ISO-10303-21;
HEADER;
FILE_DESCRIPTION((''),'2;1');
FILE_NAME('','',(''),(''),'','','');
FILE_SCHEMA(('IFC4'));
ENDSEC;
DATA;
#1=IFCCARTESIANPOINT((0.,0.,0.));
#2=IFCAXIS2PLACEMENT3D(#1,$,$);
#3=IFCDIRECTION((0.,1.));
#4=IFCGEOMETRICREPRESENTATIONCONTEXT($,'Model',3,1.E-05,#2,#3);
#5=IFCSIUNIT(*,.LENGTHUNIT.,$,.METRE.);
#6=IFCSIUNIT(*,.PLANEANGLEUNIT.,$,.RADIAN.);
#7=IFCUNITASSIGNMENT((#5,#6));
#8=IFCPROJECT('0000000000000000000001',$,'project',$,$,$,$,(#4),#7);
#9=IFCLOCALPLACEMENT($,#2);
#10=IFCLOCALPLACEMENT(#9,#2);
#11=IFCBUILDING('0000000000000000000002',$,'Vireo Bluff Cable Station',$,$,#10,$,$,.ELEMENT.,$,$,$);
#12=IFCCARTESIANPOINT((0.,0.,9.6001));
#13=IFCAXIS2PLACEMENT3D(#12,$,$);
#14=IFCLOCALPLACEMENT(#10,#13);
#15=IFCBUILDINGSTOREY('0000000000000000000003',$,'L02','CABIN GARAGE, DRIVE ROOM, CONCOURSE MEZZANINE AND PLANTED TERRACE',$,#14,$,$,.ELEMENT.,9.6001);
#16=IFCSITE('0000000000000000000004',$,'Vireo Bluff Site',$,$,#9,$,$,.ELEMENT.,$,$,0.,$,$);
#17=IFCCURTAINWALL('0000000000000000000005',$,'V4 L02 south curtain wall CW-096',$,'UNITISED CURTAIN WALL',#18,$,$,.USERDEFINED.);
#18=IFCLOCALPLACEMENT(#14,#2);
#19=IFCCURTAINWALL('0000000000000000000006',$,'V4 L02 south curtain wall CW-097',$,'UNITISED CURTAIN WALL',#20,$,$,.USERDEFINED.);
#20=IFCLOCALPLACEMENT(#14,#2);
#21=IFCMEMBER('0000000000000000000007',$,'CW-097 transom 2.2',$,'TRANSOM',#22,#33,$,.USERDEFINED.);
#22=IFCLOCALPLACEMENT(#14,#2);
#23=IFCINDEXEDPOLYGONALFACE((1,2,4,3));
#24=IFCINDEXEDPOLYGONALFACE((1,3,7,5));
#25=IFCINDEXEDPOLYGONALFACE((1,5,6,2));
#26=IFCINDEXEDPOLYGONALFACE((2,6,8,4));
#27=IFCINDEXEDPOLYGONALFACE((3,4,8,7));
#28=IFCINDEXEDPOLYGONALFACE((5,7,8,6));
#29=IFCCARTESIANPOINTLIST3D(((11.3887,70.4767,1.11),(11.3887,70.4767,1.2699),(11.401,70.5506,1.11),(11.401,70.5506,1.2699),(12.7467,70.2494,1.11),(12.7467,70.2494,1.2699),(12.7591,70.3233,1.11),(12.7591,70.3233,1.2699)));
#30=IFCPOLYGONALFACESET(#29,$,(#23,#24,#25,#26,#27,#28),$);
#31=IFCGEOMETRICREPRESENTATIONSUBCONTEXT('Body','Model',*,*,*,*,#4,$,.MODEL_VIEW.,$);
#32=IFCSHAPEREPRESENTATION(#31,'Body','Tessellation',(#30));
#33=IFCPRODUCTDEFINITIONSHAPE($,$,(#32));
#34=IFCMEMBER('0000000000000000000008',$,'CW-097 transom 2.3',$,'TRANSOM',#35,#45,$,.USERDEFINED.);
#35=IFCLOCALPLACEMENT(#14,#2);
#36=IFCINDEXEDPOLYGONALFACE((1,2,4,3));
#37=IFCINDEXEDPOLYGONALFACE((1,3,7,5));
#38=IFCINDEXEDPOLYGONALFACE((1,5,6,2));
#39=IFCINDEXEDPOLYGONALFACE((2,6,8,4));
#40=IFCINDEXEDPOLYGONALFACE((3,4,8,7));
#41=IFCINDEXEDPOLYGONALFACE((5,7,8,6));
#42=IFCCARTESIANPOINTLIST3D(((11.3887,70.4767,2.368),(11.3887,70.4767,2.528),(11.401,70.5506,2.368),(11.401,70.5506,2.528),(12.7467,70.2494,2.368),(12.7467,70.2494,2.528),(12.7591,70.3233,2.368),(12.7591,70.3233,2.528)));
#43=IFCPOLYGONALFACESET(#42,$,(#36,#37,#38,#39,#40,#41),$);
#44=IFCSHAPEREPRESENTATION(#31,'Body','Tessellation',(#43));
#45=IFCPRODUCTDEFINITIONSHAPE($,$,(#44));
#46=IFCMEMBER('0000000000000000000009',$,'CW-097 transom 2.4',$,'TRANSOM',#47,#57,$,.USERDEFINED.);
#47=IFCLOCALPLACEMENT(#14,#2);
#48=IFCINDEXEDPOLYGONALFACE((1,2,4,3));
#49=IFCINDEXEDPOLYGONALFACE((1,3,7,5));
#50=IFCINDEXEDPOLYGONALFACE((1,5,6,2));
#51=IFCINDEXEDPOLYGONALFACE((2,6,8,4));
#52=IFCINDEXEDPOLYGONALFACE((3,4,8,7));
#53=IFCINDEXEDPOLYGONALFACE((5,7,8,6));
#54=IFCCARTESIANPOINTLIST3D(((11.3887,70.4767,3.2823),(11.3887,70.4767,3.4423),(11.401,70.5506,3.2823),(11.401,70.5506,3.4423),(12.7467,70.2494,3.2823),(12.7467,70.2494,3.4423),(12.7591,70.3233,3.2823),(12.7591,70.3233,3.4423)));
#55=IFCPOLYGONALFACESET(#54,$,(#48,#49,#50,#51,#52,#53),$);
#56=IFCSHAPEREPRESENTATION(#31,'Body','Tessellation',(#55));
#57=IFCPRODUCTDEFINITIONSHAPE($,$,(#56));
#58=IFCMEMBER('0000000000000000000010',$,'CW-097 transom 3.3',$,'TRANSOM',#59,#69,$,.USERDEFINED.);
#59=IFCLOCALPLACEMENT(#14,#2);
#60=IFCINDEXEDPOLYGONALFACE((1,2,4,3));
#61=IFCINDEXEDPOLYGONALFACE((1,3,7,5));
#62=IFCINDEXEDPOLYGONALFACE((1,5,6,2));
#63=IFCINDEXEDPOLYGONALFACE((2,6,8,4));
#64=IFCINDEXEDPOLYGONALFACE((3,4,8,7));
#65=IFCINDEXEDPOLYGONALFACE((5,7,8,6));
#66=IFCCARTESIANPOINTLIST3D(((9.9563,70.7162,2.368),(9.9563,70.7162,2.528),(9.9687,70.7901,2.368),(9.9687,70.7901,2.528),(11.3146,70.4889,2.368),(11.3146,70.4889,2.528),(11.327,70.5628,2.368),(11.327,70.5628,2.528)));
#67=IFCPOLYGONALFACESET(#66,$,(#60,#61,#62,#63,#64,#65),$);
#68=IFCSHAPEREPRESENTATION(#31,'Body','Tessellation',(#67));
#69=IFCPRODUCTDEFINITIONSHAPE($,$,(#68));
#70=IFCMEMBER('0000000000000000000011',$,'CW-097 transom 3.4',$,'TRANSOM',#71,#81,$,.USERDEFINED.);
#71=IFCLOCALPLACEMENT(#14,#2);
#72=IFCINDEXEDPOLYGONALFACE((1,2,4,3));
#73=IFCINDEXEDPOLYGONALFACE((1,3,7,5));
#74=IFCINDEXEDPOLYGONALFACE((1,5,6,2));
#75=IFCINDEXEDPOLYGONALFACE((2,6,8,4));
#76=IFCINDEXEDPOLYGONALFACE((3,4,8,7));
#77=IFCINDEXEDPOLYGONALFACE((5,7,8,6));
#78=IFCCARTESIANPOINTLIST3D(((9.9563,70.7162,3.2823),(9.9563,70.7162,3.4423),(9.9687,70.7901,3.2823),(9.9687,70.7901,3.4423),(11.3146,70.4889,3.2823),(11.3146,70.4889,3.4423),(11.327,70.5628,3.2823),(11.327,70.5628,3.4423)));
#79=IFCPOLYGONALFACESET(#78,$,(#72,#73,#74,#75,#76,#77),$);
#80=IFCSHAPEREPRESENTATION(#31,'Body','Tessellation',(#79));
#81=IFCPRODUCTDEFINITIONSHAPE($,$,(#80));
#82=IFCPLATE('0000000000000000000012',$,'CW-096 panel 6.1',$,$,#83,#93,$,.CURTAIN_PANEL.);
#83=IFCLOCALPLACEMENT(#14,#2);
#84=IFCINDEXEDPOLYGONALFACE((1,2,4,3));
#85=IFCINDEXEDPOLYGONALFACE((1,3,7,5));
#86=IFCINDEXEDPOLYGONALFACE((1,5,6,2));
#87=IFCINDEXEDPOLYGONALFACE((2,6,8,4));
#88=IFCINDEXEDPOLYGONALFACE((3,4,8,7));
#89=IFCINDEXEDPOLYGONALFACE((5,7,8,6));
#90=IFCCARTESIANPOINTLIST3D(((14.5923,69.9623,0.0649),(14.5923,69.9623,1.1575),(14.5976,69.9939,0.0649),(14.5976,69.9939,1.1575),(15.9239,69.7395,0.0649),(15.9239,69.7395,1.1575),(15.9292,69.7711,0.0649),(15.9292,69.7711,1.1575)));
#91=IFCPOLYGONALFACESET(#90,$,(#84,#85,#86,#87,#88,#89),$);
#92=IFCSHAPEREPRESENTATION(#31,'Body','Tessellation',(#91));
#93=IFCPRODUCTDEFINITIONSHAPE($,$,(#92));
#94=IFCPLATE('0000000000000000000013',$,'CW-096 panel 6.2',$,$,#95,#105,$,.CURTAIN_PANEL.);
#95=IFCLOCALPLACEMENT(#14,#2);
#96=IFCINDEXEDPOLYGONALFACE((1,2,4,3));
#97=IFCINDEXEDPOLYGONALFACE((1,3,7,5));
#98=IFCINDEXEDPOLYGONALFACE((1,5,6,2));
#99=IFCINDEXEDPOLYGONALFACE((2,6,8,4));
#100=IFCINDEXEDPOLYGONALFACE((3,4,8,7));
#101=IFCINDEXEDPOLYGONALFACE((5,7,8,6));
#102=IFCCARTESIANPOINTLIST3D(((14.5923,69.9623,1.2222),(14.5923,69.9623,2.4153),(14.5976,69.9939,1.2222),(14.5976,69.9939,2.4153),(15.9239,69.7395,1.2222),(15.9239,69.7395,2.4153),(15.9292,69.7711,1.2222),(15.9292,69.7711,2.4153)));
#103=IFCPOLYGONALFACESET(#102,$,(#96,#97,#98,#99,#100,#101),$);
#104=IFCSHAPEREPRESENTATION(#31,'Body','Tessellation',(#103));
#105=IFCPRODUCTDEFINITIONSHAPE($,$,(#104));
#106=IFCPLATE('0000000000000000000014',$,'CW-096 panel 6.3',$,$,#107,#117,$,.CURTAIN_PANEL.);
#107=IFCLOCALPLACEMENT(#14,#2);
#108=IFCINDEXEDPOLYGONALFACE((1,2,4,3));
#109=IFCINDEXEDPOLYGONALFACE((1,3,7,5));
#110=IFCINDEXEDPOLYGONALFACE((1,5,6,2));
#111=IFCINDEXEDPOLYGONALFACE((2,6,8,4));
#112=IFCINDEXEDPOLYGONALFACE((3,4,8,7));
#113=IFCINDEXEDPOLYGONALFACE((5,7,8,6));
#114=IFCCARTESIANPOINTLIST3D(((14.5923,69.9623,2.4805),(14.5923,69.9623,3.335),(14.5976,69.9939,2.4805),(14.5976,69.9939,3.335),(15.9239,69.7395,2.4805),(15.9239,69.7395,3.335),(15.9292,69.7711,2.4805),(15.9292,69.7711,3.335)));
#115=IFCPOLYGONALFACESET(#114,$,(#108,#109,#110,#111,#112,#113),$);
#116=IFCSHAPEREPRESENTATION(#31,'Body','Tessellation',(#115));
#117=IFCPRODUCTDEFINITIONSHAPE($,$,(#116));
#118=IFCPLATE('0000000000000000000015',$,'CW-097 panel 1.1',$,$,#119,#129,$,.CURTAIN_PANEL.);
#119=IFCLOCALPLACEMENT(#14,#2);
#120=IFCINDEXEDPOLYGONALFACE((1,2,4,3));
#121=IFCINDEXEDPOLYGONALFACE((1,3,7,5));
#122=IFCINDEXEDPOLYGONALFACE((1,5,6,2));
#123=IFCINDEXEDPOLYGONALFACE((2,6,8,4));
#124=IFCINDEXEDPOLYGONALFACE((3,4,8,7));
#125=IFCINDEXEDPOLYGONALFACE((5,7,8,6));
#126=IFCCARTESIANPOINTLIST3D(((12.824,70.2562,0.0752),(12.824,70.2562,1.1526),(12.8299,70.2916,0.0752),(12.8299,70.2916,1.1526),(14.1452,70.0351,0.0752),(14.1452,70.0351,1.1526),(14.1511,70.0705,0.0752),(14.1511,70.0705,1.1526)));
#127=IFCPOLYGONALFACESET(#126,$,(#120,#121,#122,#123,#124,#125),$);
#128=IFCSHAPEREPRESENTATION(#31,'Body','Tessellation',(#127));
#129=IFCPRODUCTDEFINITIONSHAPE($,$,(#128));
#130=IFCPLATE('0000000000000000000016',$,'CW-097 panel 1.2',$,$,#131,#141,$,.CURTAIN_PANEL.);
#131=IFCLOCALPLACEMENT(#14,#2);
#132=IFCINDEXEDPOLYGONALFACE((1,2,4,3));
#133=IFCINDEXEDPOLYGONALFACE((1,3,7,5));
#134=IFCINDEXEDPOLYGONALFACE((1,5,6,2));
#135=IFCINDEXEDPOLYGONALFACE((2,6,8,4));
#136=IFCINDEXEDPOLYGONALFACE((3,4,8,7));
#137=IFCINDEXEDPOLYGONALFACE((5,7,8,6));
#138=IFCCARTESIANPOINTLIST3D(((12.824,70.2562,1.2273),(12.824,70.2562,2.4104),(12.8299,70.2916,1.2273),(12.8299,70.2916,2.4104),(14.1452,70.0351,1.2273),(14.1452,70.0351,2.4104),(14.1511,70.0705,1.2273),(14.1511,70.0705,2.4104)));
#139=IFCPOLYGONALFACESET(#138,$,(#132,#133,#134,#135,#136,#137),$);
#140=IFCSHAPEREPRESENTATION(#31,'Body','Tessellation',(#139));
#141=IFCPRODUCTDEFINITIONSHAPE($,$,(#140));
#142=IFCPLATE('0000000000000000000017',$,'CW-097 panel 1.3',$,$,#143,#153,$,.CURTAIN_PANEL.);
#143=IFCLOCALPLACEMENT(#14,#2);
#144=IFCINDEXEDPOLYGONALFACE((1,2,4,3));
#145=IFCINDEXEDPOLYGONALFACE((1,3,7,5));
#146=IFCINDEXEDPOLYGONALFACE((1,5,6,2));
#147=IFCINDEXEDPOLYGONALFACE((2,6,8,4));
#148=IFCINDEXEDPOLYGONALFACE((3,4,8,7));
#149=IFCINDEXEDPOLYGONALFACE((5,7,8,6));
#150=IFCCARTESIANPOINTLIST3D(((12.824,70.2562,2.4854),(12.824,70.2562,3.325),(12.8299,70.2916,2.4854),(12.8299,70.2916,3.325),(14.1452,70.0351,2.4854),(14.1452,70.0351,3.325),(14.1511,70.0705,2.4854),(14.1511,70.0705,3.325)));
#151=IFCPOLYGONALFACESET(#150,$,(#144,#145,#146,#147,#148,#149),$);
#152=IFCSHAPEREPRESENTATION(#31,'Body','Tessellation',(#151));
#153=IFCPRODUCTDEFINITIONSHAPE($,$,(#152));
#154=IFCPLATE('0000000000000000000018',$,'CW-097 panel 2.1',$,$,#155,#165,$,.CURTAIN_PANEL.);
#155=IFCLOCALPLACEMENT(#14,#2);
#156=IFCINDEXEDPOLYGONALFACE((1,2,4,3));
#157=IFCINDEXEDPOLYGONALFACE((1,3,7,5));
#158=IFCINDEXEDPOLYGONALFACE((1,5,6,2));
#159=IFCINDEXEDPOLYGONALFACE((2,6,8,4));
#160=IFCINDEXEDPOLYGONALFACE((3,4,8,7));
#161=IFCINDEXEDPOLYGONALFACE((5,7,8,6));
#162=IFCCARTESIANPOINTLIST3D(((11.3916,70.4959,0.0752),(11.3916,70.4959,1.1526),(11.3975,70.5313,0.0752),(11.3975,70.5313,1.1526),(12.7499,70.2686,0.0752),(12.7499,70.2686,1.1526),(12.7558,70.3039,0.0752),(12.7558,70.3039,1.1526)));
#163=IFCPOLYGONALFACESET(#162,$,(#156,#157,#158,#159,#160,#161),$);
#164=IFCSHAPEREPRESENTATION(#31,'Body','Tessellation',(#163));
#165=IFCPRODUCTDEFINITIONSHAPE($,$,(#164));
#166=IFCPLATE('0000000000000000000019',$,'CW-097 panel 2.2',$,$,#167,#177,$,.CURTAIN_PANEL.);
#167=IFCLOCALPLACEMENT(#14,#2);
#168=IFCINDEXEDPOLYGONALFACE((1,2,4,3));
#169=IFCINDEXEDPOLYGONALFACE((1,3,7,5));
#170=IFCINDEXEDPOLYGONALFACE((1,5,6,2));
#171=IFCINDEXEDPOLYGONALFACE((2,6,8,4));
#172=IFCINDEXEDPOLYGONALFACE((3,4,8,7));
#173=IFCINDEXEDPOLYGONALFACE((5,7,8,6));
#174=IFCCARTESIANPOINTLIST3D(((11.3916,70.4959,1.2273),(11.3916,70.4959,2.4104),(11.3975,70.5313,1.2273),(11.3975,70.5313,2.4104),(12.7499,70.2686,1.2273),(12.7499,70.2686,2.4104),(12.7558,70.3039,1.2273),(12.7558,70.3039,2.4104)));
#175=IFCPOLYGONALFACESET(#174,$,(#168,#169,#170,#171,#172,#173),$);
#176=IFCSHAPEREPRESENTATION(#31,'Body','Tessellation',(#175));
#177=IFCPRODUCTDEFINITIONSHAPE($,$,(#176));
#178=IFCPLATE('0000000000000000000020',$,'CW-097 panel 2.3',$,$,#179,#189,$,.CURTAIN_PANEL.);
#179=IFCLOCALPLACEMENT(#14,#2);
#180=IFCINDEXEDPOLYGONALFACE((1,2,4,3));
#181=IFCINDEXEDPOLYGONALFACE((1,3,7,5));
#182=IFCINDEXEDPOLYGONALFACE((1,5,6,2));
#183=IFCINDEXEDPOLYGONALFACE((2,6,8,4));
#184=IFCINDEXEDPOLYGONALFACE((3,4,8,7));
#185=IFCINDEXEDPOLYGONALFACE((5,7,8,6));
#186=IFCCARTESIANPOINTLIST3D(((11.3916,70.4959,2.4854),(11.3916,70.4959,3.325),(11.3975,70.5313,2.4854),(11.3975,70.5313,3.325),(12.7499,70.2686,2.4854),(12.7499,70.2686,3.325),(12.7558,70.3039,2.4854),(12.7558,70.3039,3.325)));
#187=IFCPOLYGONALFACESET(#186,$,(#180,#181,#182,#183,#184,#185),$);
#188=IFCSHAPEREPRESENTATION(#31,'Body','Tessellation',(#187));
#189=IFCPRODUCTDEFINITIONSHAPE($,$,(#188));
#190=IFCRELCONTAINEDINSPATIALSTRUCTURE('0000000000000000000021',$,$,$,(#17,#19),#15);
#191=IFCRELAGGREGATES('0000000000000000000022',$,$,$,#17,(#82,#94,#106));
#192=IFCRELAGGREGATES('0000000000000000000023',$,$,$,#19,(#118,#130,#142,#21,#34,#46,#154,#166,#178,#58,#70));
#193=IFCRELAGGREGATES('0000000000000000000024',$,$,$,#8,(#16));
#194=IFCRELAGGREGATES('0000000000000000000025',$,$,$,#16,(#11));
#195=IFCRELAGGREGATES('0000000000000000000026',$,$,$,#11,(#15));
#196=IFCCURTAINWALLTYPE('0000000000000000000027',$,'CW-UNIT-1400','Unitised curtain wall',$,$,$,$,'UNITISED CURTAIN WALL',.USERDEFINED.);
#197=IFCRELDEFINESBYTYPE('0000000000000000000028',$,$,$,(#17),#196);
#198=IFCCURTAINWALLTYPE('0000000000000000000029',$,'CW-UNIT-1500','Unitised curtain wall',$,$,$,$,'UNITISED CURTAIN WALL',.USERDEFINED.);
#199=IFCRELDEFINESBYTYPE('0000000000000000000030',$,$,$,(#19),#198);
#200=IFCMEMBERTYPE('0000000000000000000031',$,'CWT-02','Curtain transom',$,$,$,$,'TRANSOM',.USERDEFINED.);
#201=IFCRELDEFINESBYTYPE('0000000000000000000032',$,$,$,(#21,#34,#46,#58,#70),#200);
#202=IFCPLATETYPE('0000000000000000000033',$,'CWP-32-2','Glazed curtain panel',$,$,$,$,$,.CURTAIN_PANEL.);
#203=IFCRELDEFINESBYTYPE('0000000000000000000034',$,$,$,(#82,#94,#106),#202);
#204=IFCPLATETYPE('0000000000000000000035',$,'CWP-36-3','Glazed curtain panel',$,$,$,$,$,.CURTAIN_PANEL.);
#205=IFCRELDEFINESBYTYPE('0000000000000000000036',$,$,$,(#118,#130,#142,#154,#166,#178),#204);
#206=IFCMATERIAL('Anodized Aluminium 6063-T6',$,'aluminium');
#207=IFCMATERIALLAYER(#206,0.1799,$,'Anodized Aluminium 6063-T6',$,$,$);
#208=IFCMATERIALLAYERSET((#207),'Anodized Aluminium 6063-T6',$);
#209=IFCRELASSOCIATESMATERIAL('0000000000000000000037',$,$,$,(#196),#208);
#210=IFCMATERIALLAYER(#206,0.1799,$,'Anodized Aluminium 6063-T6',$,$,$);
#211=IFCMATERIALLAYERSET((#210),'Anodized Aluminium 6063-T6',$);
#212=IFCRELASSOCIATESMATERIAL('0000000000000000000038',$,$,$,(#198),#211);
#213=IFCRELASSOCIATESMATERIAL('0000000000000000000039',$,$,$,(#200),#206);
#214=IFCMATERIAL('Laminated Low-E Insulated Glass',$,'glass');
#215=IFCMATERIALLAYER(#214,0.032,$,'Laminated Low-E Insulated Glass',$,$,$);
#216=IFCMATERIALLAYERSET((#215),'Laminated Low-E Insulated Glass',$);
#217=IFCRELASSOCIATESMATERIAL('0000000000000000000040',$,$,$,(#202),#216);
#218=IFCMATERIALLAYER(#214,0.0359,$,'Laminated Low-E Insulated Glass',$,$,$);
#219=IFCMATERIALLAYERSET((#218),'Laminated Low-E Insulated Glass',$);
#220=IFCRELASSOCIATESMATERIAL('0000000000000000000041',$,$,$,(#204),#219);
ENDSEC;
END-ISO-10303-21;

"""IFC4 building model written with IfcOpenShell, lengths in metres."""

from ifc_helpers import new_model, si_unit, direction, frame, origin, origin_2d, place, context, subcontext, project, spatial, rectangle, extrude, material, layer, layer_set, material_profile, profile_set, type_object, element, aggregate, save


model = new_model("IFC4")

# Units and contexts
model_context = context("Model", 3, precision=1e-05, world=origin(), true_north=direction((0.0, 1.0)))
body_context = subcontext(model_context, "Body", "Model", "MODEL_VIEW")
ifc_project = project(units=[si_unit("LENGTHUNIT", "METRE"), si_unit("PLANEANGLEUNIT", "RADIAN")], contexts=[model_context])

# Site, building, storey
site_placement = place(None, origin())
site = spatial("IfcSite", under=ifc_project, at=site_placement, Name="Vireo Bluff Site", CompositionType="ELEMENT", RefElevation=0.0)
building_placement = place(site_placement, origin())
building = spatial("IfcBuilding", under=site, at=building_placement, Name="Vireo Bluff Cable Station", CompositionType="ELEMENT")
storey_placement = place(building_placement, frame((0.0, 0.0, 9.6001)))
storey = spatial("IfcBuildingStorey", under=building, at=storey_placement, Name="L02", Description="CABIN GARAGE, DRIVE ROOM, CONCOURSE MEZZANINE AND PLANTED TERRACE", CompositionType="ELEMENT", Elevation=9.6001)

# Curtain wall
ifc_material_1 = material(Name="Anodized Aluminium 6063-T6", Category="aluminium")
ifc_layer_1 = layer(ifc_material_1, 0.1799, Name="Anodized Aluminium 6063-T6")
ifc_layer_set_1 = layer_set([ifc_layer_1], Name="Anodized Aluminium 6063-T6")
curtain_wall_type_1 = type_object("IfcCurtainWallType", Name="CW-UNIT-1400", Description="Unitised curtain wall", ElementType="UNITISED CURTAIN WALL", PredefinedType="USERDEFINED", material=ifc_layer_set_1)
curtain_wall_1_placement = place(storey_placement, origin())
curtain_wall_1 = element("IfcCurtainWall", 1, at=curtain_wall_1_placement, inside=storey, type_object=curtain_wall_type_1, Name="V4 L02 south curtain wall CW-096", ObjectType="UNITISED CURTAIN WALL", PredefinedType="USERDEFINED")

# Curtain wall
ifc_layer_2 = layer(ifc_material_1, 0.1799, Name="Anodized Aluminium 6063-T6")
ifc_layer_set_2 = layer_set([ifc_layer_2], Name="Anodized Aluminium 6063-T6")
curtain_wall_type_2 = type_object("IfcCurtainWallType", Name="CW-UNIT-1500", Description="Unitised curtain wall", ElementType="UNITISED CURTAIN WALL", PredefinedType="USERDEFINED", material=ifc_layer_set_2)
curtain_wall_2_placement = place(storey_placement, origin())
curtain_wall_2 = element("IfcCurtainWall", 2, at=curtain_wall_2_placement, inside=storey, type_object=curtain_wall_type_2, Name="V4 L02 south curtain wall CW-097", ObjectType="UNITISED CURTAIN WALL", PredefinedType="USERDEFINED")

# Members
ifc_material_profile_1 = material_profile(ifc_material_1, rectangle(XDim=0.075, YDim=0.1599, at=origin_2d()), Name="ALU-T-75X160")
ifc_profile_set_1 = profile_set([ifc_material_profile_1], Name="Anodized Aluminium 6063-T6")
member_type_1 = type_object("IfcMemberType", Name="CWT-02", Description="Curtain transom", ElementType="TRANSOM", PredefinedType="USERDEFINED", material=ifc_profile_set_1)
member_1_placement = place(storey_placement, frame((12.7529, 70.2864, 1.1899), z_axis=(-0.986283, 0.16506, 0.0), x_axis=(-0.16506, -0.986283, 0.0)))
member_1 = element("IfcMember", 3, at=member_1_placement, type_object=member_type_1, Name="CW-097 transom 2.2", ObjectType="TRANSOM", PredefinedType="USERDEFINED", context=body_context, shape_type="SweptSolid", body=[
    extrude(rectangle(XDim=0.075, YDim=0.1599, at=origin_2d()), origin(), (0.0, 0.0, 1.0), 1.377),
])
member_2_placement = place(storey_placement, frame((12.7529, 70.2864, 2.448), z_axis=(-0.986283, 0.16506, 0.0), x_axis=(-0.16506, -0.986283, 0.0)))
member_2 = element("IfcMember", 4, at=member_2_placement, type_object=member_type_1, Name="CW-097 transom 2.3", ObjectType="TRANSOM", PredefinedType="USERDEFINED", context=body_context, shape_type="SweptSolid", body=[
    extrude(rectangle(XDim=0.075, YDim=0.1599, at=origin_2d()), origin(), (0.0, 0.0, 1.0), 1.377),
])
member_3_placement = place(storey_placement, frame((12.7529, 70.2864, 3.3623), z_axis=(-0.986283, 0.16506, 0.0), x_axis=(-0.16506, -0.986283, 0.0)))
member_3 = element("IfcMember", 5, at=member_3_placement, type_object=member_type_1, Name="CW-097 transom 2.4", ObjectType="TRANSOM", PredefinedType="USERDEFINED", context=body_context, shape_type="SweptSolid", body=[
    extrude(rectangle(XDim=0.075, YDim=0.1599, at=origin_2d()), origin(), (0.0, 0.0, 1.0), 1.377),
])
member_4_placement = place(storey_placement, frame((11.3208, 70.5259, 2.448), z_axis=(-0.986288, 0.165031, 0.0), x_axis=(-0.165031, -0.986288, 0.0)))
member_4 = element("IfcMember", 6, at=member_4_placement, type_object=member_type_1, Name="CW-097 transom 3.3", ObjectType="TRANSOM", PredefinedType="USERDEFINED", context=body_context, shape_type="SweptSolid", body=[
    extrude(rectangle(XDim=0.075, YDim=0.1599, at=origin_2d()), origin(), (0.0, 0.0, 1.0), 1.3772),
])
member_5_placement = place(storey_placement, frame((11.3208, 70.5259, 3.3623), z_axis=(-0.986288, 0.165031, 0.0), x_axis=(-0.165031, -0.986288, 0.0)))
member_5 = element("IfcMember", 7, at=member_5_placement, type_object=member_type_1, Name="CW-097 transom 3.4", ObjectType="TRANSOM", PredefinedType="USERDEFINED", context=body_context, shape_type="SweptSolid", body=[
    extrude(rectangle(XDim=0.075, YDim=0.1599, at=origin_2d()), origin(), (0.0, 0.0, 1.0), 1.3772),
])

# Plates
ifc_material_2 = material(Name="Laminated Low-E Insulated Glass", Category="glass")
ifc_layer_3 = layer(ifc_material_2, 0.032, Name="Laminated Low-E Insulated Glass")
ifc_layer_set_3 = layer_set([ifc_layer_3], Name="Laminated Low-E Insulated Glass")
plate_type_1 = type_object("IfcPlateType", Name="CWP-32-2", Description="Glazed curtain panel", PredefinedType="CURTAIN_PANEL", material=ifc_layer_set_3)
plate_1_placement = place(storey_placement, frame((15.2607, 69.8667, 0.0649), z_axis=(0.0, 0.0, 1.0), x_axis=(-0.986286, 0.165048, 0.0)))
plate_1 = element("IfcPlate", 8, at=plate_1_placement, type_object=plate_type_1, Name="CW-096 panel 6.1", PredefinedType="CURTAIN_PANEL", context=body_context, shape_type="SweptSolid", body=[
    extrude(rectangle(XDim=1.3501, YDim=0.032, at=origin_2d()), origin(), (0.0, 0.0, 1.0), 1.0925),
])
plate_2_placement = place(storey_placement, frame((15.2607, 69.8667, 1.2222), z_axis=(0.0, 0.0, 1.0), x_axis=(-0.986286, 0.165048, 0.0)))
plate_2 = element("IfcPlate", 9, at=plate_2_placement, type_object=plate_type_1, Name="CW-096 panel 6.2", PredefinedType="CURTAIN_PANEL", context=body_context, shape_type="SweptSolid", body=[
    extrude(rectangle(XDim=1.3501, YDim=0.032, at=origin_2d()), origin(), (0.0, 0.0, 1.0), 1.1931),
])
plate_3_placement = place(storey_placement, frame((15.2607, 69.8667, 2.4805), z_axis=(0.0, 0.0, 1.0), x_axis=(-0.986286, 0.165048, 0.0)))
plate_3 = element("IfcPlate", 10, at=plate_3_placement, type_object=plate_type_1, Name="CW-096 panel 6.3", PredefinedType="CURTAIN_PANEL", context=body_context, shape_type="SweptSolid", body=[
    extrude(rectangle(XDim=1.3501, YDim=0.032, at=origin_2d()), origin(), (0.0, 0.0, 1.0), 0.8545),
])
aggregate(curtain_wall_1, [plate_1, plate_2, plate_3])
ifc_layer_4 = layer(ifc_material_2, 0.0359, Name="Laminated Low-E Insulated Glass")
ifc_layer_set_4 = layer_set([ifc_layer_4], Name="Laminated Low-E Insulated Glass")
plate_type_2 = type_object("IfcPlateType", Name="CWP-36-3", Description="Glazed curtain panel", PredefinedType="CURTAIN_PANEL", material=ifc_layer_set_4)
plate_4_placement = place(storey_placement, frame((13.4875, 70.1633, 0.0752), z_axis=(0.0, 0.0, 1.0), x_axis=(-0.986286, 0.165048, 0.0)))
plate_4 = element("IfcPlate", 11, at=plate_4_placement, type_object=plate_type_2, Name="CW-097 panel 1.1", PredefinedType="CURTAIN_PANEL", context=body_context, shape_type="SweptSolid", body=[
    extrude(rectangle(XDim=1.3396, YDim=0.0359, at=origin_2d()), origin(), (0.0, 0.0, 1.0), 1.0774),
])
plate_5_placement = place(storey_placement, frame((13.4875, 70.1633, 1.2273), z_axis=(0.0, 0.0, 1.0), x_axis=(-0.986286, 0.165048, 0.0)))
plate_5 = element("IfcPlate", 12, at=plate_5_placement, type_object=plate_type_2, Name="CW-097 panel 1.2", PredefinedType="CURTAIN_PANEL", context=body_context, shape_type="SweptSolid", body=[
    extrude(rectangle(XDim=1.3396, YDim=0.0359, at=origin_2d()), origin(), (0.0, 0.0, 1.0), 1.1831),
])
plate_6_placement = place(storey_placement, frame((13.4875, 70.1633, 2.4854), z_axis=(0.0, 0.0, 1.0), x_axis=(-0.986286, 0.165048, 0.0)))
plate_6 = element("IfcPlate", 13, at=plate_6_placement, type_object=plate_type_2, Name="CW-097 panel 1.3", PredefinedType="CURTAIN_PANEL", context=body_context, shape_type="SweptSolid", body=[
    extrude(rectangle(XDim=1.3396, YDim=0.0359, at=origin_2d()), origin(), (0.0, 0.0, 1.0), 0.8396),
])
plate_7_placement = place(storey_placement, frame((12.0737, 70.3999, 0.0752), z_axis=(0.0, 0.0, 1.0), x_axis=(-0.986286, 0.165048, 0.0)))
plate_7 = element("IfcPlate", 14, at=plate_7_placement, type_object=plate_type_2, Name="CW-097 panel 2.1", PredefinedType="CURTAIN_PANEL", context=body_context, shape_type="SweptSolid", body=[
    extrude(rectangle(XDim=1.3772, YDim=0.0359, at=origin_2d()), origin(), (0.0, 0.0, 1.0), 1.0774),
])
plate_8_placement = place(storey_placement, frame((12.0737, 70.3999, 1.2273), z_axis=(0.0, 0.0, 1.0), x_axis=(-0.986286, 0.165048, 0.0)))
plate_8 = element("IfcPlate", 15, at=plate_8_placement, type_object=plate_type_2, Name="CW-097 panel 2.2", PredefinedType="CURTAIN_PANEL", context=body_context, shape_type="SweptSolid", body=[
    extrude(rectangle(XDim=1.3772, YDim=0.0359, at=origin_2d()), origin(), (0.0, 0.0, 1.0), 1.1831),
])
plate_9_placement = place(storey_placement, frame((12.0737, 70.3999, 2.4854), z_axis=(0.0, 0.0, 1.0), x_axis=(-0.986286, 0.165048, 0.0)))
plate_9 = element("IfcPlate", 16, at=plate_9_placement, type_object=plate_type_2, Name="CW-097 panel 2.3", PredefinedType="CURTAIN_PANEL", context=body_context, shape_type="SweptSolid", body=[
    extrude(rectangle(XDim=1.3772, YDim=0.0359, at=origin_2d()), origin(), (0.0, 0.0, 1.0), 0.8396),
])
aggregate(curtain_wall_2, [plate_4, plate_5, plate_6, member_1, member_2, member_3, plate_7, plate_8, plate_9, member_4, member_5])

save(model, "model.ifc")
